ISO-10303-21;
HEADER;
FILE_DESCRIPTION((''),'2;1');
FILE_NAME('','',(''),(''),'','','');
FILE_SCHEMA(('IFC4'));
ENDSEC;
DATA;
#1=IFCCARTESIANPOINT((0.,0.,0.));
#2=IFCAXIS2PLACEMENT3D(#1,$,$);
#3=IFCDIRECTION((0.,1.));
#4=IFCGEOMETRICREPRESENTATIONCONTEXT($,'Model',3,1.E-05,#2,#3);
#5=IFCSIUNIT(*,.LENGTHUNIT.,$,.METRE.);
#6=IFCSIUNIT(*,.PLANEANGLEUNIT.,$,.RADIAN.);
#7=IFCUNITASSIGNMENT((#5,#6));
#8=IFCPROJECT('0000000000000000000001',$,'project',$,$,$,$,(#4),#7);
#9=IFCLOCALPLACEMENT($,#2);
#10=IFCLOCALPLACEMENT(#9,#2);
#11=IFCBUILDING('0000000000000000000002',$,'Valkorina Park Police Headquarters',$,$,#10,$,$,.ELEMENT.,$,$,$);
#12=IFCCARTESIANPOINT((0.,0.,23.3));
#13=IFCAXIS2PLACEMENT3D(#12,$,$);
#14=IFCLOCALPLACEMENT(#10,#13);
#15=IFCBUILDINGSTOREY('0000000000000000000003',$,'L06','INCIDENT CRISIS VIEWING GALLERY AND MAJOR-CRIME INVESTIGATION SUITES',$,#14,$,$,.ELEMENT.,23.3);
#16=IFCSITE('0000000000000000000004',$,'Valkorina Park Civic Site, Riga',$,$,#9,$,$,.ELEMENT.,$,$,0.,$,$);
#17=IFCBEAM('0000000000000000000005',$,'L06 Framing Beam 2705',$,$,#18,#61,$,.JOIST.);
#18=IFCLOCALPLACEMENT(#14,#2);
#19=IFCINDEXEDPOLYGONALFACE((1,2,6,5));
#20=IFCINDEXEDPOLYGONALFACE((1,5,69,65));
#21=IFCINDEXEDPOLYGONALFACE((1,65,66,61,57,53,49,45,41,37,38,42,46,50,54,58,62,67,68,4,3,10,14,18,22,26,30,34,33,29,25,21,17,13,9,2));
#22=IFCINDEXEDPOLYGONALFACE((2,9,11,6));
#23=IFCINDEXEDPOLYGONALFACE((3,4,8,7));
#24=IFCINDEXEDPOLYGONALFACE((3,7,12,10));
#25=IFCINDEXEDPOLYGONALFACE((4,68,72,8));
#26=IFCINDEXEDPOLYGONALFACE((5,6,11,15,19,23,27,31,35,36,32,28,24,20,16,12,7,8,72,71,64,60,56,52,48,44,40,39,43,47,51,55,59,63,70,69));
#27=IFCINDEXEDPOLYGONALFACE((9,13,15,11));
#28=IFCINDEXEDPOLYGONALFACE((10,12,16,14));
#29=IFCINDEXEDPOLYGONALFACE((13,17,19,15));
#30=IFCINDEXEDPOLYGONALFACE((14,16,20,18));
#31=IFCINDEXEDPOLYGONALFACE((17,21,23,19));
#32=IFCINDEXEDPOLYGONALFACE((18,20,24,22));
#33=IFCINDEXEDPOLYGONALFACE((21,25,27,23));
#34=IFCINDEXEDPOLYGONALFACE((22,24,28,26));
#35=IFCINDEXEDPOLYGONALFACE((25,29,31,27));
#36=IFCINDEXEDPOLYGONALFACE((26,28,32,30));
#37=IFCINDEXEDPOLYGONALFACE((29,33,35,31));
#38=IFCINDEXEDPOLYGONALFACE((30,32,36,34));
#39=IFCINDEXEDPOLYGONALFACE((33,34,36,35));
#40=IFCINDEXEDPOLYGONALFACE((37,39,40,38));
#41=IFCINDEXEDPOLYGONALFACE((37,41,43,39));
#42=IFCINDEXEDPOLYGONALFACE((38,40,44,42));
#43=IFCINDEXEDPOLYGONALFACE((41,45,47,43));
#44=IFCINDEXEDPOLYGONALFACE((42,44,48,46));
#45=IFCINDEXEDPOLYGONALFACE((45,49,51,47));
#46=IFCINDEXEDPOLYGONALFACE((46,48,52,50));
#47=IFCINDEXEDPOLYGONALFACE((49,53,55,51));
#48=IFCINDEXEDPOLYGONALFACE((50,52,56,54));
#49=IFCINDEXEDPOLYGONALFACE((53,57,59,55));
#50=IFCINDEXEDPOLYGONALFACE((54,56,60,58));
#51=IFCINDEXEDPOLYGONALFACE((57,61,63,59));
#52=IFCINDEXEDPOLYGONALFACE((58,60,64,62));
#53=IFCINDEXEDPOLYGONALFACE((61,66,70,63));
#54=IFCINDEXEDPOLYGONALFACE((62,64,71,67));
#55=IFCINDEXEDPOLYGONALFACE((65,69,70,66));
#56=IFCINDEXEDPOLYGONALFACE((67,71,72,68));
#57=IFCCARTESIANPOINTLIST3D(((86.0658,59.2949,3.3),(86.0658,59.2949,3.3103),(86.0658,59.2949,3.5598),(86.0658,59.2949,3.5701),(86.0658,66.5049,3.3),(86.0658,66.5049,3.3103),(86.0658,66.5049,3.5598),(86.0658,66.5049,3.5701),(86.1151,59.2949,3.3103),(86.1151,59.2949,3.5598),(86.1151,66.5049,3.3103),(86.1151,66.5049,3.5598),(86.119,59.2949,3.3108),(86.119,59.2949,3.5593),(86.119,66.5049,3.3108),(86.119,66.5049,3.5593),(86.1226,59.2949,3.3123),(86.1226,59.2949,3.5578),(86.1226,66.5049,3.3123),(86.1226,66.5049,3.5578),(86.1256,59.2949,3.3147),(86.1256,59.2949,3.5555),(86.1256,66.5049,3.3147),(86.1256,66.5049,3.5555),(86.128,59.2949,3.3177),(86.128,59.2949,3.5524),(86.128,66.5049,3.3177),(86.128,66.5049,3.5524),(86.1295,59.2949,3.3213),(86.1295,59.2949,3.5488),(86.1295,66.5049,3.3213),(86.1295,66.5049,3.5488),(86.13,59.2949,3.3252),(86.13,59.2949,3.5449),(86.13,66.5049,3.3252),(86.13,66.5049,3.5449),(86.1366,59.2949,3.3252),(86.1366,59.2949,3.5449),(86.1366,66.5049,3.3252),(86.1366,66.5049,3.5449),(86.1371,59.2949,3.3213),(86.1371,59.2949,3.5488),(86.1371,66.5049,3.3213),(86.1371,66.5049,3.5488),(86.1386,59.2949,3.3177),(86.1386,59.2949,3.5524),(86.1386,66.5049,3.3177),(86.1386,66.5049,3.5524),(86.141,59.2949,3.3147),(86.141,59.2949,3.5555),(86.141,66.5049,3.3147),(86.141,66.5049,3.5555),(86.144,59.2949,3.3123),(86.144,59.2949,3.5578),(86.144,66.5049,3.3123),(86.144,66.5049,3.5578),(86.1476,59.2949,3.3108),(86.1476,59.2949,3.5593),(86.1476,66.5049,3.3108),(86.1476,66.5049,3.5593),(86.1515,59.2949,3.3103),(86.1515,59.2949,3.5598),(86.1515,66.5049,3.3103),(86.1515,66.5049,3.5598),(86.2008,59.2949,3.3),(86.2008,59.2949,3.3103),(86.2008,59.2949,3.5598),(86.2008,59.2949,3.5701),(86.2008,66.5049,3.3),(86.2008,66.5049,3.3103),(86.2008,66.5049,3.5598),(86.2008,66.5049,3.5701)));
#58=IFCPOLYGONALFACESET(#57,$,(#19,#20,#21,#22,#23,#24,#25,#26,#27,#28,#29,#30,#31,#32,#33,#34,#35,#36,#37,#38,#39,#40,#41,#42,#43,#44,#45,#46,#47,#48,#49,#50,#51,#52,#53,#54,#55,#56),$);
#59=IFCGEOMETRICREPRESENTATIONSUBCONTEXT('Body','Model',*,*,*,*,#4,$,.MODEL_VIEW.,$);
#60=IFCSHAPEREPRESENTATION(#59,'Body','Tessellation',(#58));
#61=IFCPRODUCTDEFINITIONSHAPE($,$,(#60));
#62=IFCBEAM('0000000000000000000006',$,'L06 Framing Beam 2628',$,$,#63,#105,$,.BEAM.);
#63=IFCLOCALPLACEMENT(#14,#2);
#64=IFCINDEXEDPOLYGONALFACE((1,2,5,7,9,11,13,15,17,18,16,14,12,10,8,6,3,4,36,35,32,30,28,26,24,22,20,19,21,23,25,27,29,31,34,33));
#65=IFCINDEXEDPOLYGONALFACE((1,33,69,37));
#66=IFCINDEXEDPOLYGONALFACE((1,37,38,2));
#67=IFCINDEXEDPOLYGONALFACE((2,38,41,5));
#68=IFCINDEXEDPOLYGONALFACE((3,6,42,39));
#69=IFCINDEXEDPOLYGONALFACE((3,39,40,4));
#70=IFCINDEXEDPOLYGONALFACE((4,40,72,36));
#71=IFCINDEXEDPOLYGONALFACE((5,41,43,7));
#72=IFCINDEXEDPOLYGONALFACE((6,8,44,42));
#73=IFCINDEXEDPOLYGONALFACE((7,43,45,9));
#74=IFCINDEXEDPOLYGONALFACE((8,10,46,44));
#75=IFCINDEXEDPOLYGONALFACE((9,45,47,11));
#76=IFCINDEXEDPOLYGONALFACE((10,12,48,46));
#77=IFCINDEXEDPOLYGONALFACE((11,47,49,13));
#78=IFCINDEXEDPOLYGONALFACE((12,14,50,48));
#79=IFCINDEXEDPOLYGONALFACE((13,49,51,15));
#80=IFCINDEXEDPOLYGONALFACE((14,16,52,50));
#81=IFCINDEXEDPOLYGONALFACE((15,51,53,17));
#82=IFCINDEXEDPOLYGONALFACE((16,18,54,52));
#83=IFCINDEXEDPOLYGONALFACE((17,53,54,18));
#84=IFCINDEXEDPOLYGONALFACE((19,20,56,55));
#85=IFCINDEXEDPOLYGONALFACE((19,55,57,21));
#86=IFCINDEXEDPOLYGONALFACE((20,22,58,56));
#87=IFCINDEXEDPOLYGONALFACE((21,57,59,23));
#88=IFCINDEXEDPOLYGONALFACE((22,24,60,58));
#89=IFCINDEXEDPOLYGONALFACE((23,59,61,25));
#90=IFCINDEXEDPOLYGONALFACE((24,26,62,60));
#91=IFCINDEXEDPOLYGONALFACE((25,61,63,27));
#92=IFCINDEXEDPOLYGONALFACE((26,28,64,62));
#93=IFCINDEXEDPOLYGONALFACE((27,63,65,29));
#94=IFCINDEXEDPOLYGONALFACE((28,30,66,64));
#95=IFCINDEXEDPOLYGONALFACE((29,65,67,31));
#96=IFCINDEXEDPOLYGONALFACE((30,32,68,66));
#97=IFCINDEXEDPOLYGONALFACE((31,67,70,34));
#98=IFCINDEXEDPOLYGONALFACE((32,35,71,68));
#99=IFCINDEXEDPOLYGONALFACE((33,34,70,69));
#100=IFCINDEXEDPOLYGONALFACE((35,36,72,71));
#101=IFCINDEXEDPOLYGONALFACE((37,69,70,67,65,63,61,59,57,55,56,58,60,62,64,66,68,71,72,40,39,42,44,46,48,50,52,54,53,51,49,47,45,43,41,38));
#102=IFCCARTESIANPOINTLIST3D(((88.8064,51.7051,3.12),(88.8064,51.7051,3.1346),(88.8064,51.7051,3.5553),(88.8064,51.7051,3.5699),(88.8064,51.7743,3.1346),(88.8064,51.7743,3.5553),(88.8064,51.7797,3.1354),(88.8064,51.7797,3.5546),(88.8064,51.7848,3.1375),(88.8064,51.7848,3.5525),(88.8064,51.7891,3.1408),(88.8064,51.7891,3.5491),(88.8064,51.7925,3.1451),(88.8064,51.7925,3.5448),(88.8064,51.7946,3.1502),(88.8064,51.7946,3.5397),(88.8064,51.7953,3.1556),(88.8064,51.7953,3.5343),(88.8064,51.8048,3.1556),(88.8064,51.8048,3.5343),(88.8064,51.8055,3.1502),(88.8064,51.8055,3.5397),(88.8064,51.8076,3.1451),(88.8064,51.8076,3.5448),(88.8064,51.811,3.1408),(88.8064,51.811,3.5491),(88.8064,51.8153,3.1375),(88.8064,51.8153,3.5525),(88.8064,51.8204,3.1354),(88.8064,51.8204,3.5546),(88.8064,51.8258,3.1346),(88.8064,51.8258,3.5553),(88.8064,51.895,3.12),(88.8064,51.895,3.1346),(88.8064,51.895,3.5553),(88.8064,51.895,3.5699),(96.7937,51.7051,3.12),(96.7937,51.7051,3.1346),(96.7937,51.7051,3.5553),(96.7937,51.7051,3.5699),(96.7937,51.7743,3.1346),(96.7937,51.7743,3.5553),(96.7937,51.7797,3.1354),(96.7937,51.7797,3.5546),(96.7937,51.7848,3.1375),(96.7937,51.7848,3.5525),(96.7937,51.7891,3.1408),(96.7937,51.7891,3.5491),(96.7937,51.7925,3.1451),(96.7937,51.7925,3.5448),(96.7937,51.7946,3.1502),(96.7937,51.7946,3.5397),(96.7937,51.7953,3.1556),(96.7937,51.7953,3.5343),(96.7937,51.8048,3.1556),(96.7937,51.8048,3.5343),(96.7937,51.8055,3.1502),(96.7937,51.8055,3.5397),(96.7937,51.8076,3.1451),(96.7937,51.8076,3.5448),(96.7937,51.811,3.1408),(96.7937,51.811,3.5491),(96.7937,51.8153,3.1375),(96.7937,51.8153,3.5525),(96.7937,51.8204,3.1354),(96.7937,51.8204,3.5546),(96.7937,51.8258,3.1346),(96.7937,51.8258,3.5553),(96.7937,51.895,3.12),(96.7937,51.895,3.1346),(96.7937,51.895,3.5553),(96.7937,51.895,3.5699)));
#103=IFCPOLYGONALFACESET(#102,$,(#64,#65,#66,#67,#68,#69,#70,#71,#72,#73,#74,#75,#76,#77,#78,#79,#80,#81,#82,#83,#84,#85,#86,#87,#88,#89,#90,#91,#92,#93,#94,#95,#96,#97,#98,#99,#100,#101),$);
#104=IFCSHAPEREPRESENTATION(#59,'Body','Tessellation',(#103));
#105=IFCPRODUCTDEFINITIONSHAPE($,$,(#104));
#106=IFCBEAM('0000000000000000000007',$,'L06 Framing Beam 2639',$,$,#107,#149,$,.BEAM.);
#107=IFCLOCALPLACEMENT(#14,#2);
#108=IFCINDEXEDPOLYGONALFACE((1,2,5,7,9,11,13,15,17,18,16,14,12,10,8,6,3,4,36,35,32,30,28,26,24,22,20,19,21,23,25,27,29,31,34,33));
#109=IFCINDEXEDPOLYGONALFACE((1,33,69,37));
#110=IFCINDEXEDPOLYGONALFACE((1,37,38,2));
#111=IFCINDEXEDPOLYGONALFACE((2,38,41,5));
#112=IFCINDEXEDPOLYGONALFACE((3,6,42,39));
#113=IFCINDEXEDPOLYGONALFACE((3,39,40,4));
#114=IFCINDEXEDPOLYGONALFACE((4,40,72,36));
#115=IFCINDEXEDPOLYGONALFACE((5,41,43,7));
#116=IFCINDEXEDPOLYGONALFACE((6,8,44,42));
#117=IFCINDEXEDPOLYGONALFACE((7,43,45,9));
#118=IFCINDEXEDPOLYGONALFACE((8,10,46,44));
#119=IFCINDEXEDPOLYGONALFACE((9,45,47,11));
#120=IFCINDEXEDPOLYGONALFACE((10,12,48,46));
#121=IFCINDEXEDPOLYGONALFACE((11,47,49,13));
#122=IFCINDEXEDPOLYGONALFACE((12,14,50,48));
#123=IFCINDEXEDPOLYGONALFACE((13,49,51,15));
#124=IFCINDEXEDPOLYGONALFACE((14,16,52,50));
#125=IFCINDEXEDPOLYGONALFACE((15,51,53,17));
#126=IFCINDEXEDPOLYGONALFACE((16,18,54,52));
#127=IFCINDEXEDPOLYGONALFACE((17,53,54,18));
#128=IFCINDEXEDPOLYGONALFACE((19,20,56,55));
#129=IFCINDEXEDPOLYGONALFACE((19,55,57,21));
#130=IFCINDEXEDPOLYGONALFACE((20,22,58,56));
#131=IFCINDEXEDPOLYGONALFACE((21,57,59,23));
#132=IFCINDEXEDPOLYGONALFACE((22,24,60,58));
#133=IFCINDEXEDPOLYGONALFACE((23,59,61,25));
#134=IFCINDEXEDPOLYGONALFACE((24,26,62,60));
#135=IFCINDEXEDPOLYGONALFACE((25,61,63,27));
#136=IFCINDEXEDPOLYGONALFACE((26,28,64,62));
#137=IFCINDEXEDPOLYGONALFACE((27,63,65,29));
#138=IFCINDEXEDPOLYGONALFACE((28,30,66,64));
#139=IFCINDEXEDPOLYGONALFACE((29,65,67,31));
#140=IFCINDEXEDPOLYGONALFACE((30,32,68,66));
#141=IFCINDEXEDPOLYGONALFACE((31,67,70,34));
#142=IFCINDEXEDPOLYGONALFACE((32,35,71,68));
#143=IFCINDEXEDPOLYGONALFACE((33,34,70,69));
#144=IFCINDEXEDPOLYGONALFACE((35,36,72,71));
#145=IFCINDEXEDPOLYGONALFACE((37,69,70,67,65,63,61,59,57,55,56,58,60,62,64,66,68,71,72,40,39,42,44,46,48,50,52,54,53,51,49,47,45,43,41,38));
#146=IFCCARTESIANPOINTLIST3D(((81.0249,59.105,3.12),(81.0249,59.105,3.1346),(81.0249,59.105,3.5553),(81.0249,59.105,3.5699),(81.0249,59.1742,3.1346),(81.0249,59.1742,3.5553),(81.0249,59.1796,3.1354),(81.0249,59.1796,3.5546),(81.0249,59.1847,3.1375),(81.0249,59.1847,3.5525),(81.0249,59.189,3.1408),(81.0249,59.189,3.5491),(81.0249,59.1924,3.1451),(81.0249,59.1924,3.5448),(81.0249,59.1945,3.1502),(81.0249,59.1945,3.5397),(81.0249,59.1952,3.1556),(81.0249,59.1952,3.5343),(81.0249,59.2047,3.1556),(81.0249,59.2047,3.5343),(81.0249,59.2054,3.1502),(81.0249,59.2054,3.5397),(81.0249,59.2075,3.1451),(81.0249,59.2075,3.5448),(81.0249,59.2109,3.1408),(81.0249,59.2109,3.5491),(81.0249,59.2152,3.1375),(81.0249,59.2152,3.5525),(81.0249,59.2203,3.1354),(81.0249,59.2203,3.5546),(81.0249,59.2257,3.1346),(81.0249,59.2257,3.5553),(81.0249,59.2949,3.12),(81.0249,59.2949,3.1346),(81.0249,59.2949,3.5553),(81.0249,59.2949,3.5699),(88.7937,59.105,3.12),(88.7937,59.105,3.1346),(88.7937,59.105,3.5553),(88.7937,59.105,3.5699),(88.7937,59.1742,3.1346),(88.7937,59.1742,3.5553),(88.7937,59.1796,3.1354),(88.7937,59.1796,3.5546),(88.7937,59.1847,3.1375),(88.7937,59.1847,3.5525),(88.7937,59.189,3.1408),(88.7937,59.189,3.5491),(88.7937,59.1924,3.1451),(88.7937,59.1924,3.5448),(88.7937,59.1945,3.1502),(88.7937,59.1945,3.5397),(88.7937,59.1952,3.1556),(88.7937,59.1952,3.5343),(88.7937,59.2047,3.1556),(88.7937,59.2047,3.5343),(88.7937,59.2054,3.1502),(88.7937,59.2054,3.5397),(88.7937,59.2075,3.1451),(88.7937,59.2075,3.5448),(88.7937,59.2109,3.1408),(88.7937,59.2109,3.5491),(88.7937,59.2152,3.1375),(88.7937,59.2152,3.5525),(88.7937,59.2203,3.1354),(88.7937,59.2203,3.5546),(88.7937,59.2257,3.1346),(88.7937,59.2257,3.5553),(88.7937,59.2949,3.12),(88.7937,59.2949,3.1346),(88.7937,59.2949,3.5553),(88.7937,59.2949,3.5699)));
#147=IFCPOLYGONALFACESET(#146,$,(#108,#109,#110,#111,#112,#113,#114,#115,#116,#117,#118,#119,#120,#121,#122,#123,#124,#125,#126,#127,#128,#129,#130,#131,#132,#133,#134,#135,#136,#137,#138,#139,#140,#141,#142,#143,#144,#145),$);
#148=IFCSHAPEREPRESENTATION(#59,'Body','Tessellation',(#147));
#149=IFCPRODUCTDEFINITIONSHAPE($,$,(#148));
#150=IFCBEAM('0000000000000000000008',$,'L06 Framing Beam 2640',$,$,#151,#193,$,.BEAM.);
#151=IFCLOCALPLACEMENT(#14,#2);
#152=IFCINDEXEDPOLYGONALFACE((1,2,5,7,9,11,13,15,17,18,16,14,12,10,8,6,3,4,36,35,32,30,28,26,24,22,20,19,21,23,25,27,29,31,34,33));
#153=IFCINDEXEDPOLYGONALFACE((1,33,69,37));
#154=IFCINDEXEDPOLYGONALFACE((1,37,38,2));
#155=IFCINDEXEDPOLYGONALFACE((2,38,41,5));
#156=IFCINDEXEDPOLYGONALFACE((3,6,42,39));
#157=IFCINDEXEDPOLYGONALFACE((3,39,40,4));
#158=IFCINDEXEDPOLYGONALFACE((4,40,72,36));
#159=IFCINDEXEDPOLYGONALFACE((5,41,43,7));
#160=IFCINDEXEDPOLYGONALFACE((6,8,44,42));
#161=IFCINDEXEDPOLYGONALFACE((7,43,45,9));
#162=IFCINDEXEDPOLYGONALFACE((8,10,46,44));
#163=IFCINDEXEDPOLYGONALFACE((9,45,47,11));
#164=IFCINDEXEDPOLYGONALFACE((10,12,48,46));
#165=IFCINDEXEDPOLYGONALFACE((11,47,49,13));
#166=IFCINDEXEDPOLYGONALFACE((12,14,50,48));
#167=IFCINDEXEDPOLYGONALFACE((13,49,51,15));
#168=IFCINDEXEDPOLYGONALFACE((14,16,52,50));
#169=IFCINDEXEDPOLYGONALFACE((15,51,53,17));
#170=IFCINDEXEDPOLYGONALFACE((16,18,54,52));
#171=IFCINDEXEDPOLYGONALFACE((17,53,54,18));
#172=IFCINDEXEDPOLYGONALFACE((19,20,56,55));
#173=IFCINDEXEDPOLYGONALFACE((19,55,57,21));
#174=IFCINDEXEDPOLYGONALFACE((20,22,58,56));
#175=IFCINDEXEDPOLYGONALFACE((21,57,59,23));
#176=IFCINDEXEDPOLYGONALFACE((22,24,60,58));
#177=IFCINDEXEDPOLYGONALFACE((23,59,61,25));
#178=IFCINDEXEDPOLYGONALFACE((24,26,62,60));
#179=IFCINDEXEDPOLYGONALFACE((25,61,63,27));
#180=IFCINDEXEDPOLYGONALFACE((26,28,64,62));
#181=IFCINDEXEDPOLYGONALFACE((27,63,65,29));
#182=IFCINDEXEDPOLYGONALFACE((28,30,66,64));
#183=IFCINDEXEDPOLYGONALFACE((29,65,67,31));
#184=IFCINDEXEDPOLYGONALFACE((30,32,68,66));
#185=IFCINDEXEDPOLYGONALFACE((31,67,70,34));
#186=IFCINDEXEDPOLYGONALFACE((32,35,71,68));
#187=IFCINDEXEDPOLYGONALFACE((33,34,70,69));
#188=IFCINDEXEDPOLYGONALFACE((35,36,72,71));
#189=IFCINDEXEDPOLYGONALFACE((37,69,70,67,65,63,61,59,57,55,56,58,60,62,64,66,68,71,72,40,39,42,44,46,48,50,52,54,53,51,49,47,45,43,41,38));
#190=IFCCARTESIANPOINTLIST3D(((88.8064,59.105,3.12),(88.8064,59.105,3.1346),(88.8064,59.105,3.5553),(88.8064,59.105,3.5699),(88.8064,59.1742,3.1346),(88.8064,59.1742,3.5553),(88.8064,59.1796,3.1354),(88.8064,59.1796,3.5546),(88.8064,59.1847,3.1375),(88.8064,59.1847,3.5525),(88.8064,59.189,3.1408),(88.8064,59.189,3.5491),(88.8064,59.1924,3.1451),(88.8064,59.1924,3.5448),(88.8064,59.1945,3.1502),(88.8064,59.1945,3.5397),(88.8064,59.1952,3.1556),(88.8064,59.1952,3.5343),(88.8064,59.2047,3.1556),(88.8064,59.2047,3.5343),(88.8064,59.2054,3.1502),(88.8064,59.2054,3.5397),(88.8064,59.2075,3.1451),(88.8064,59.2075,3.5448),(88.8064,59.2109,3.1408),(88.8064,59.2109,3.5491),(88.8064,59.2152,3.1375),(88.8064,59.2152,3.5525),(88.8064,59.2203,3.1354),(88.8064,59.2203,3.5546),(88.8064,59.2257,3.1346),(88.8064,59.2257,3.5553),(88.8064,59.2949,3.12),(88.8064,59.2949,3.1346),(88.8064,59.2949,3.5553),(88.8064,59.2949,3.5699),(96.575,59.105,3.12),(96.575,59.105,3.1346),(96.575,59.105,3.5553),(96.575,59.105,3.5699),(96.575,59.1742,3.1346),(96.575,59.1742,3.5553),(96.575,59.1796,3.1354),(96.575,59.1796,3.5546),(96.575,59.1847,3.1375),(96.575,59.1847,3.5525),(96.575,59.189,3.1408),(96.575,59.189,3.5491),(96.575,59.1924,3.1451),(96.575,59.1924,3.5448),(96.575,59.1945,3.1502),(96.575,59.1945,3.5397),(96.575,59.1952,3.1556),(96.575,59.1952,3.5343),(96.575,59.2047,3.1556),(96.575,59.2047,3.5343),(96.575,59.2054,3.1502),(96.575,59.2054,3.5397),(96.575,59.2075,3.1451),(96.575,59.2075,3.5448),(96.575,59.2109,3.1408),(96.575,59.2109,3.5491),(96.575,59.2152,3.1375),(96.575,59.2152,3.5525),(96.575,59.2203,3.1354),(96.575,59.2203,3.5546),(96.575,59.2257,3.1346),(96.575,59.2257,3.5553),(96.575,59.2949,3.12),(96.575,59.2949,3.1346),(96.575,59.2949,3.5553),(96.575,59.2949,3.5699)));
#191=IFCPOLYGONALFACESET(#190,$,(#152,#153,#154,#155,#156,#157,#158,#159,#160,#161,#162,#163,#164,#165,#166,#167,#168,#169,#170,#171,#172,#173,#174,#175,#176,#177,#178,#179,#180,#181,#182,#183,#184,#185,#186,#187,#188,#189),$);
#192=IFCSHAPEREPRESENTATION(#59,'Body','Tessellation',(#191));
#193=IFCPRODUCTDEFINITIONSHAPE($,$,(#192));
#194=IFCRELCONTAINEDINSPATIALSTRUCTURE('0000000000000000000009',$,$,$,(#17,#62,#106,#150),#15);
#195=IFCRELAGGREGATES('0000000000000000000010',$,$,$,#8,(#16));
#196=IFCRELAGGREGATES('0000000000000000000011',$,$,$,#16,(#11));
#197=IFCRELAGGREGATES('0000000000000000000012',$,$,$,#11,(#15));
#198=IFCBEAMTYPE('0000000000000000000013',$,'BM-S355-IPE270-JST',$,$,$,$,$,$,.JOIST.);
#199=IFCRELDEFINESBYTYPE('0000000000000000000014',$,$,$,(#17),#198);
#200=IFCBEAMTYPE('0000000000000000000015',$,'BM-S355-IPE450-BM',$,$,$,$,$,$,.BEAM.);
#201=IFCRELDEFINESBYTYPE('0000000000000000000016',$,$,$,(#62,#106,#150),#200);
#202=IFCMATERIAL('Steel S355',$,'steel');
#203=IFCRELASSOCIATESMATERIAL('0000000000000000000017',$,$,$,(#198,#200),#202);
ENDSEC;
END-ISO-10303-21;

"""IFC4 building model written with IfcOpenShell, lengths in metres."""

from ifc_helpers import new_model, si_unit, direction, frame, origin, origin_2d, place, context, subcontext, project, spatial, i_section, extrude, material, material_profile, profile_set, type_object, element, save


model = new_model("IFC4")

# Units and contexts
model_context = context("Model", 3, precision=1e-05, world=origin(), true_north=direction((0.0, 1.0)))
body_context = subcontext(model_context, "Body", "Model", "MODEL_VIEW")
ifc_project = project(units=[si_unit("LENGTHUNIT", "METRE"), si_unit("PLANEANGLEUNIT", "RADIAN")], contexts=[model_context])

# Site, building, storey
site_placement = place(None, origin())
site = spatial("IfcSite", under=ifc_project, at=site_placement, Name="Valkorina Park Civic Site, Riga", CompositionType="ELEMENT", RefElevation=0.0)
building_placement = place(site_placement, origin())
building = spatial("IfcBuilding", under=site, at=building_placement, Name="Valkorina Park Police Headquarters", CompositionType="ELEMENT")
storey_placement = place(building_placement, frame((0.0, 0.0, 23.3)))
storey = spatial("IfcBuildingStorey", under=building, at=storey_placement, Name="L06", Description="INCIDENT CRISIS VIEWING GALLERY AND MAJOR-CRIME INVESTIGATION SUITES", CompositionType="ELEMENT", Elevation=23.3)

# Shared definitions
ifc_material_1 = material(Name="Steel S355", Category="steel")

# Beams
ifc_material_profile_1 = material_profile(ifc_material_1, i_section(OverallWidth=0.135, OverallDepth=0.27, WebThickness=0.0066, FlangeThickness=0.0103, FilletRadius=0.0149, at=origin_2d()), Name="IPE 270")
ifc_profile_set_1 = profile_set([ifc_material_profile_1], Name="Steel S355")
beam_type_1 = type_object("IfcBeamType", Name="BM-S355-IPE270-JST", PredefinedType="JOIST", material=ifc_profile_set_1)
for number, where, z_axis, x_axis, name in (
    (1, (86.1333, 59.2949, 3.4351), (0.0, 1.0, 0.0), (-1.0, 0.0, 0.0), "L06 Framing Beam 2705"),
):
    element("IfcBeam", number, at=place(storey_placement, frame(where, z_axis=z_axis, x_axis=x_axis)), inside=storey, type_object=beam_type_1, Name=name, PredefinedType="JOIST", context=body_context, shape_type="SweptSolid", body=[
        extrude(i_section(OverallWidth=0.135, OverallDepth=0.27, WebThickness=0.0066, FlangeThickness=0.0103, FilletRadius=0.0149, at=origin_2d()), origin(), (0.0, 0.0, 1.0), 7.21),
    ])
ifc_material_profile_2 = material_profile(ifc_material_1, i_section(OverallWidth=0.1899, OverallDepth=0.45, WebThickness=0.0095, FlangeThickness=0.0146, FilletRadius=0.021, at=origin_2d()), Name="IPE 450")
ifc_profile_set_2 = profile_set([ifc_material_profile_2], Name="Steel S355")
beam_type_2 = type_object("IfcBeamType", Name="BM-S355-IPE450-BM", PredefinedType="BEAM", material=ifc_profile_set_2)
beam_1_placement = place(storey_placement, frame((88.8064, 51.8, 3.345), z_axis=(1.0, 0.0, 0.0), x_axis=(0.0, 1.0, 0.0)))
element("IfcBeam", 2, at=beam_1_placement, inside=storey, type_object=beam_type_2, Name="L06 Framing Beam 2628", PredefinedType="BEAM", context=body_context, shape_type="SweptSolid", body=[
    extrude(i_section(OverallWidth=0.1899, OverallDepth=0.45, WebThickness=0.0095, FlangeThickness=0.0146, FilletRadius=0.021, at=origin_2d()), origin(), (0.0, 0.0, 1.0), 7.9873),
])
beam_2_placement = place(storey_placement, frame((81.0249, 59.2, 3.345), z_axis=(1.0, 0.0, 0.0), x_axis=(0.0, 1.0, 0.0)))
element("IfcBeam", 3, at=beam_2_placement, inside=storey, type_object=beam_type_2, Name="L06 Framing Beam 2639", PredefinedType="BEAM", context=body_context, shape_type="SweptSolid", body=[
    extrude(i_section(OverallWidth=0.1899, OverallDepth=0.45, WebThickness=0.0095, FlangeThickness=0.0146, FilletRadius=0.021, at=origin_2d()), origin(), (0.0, 0.0, 1.0), 7.7688),
])
beam_3_placement = place(storey_placement, frame((88.8064, 59.2, 3.345), z_axis=(1.0, 0.0, 0.0), x_axis=(0.0, 1.0, 0.0)))
element("IfcBeam", 4, at=beam_3_placement, inside=storey, type_object=beam_type_2, Name="L06 Framing Beam 2640", PredefinedType="BEAM", context=body_context, shape_type="SweptSolid", body=[
    extrude(i_section(OverallWidth=0.1899, OverallDepth=0.45, WebThickness=0.0095, FlangeThickness=0.0146, FilletRadius=0.021, at=origin_2d()), origin(), (0.0, 0.0, 1.0), 7.7686),
])

save(model, "model.ifc")
